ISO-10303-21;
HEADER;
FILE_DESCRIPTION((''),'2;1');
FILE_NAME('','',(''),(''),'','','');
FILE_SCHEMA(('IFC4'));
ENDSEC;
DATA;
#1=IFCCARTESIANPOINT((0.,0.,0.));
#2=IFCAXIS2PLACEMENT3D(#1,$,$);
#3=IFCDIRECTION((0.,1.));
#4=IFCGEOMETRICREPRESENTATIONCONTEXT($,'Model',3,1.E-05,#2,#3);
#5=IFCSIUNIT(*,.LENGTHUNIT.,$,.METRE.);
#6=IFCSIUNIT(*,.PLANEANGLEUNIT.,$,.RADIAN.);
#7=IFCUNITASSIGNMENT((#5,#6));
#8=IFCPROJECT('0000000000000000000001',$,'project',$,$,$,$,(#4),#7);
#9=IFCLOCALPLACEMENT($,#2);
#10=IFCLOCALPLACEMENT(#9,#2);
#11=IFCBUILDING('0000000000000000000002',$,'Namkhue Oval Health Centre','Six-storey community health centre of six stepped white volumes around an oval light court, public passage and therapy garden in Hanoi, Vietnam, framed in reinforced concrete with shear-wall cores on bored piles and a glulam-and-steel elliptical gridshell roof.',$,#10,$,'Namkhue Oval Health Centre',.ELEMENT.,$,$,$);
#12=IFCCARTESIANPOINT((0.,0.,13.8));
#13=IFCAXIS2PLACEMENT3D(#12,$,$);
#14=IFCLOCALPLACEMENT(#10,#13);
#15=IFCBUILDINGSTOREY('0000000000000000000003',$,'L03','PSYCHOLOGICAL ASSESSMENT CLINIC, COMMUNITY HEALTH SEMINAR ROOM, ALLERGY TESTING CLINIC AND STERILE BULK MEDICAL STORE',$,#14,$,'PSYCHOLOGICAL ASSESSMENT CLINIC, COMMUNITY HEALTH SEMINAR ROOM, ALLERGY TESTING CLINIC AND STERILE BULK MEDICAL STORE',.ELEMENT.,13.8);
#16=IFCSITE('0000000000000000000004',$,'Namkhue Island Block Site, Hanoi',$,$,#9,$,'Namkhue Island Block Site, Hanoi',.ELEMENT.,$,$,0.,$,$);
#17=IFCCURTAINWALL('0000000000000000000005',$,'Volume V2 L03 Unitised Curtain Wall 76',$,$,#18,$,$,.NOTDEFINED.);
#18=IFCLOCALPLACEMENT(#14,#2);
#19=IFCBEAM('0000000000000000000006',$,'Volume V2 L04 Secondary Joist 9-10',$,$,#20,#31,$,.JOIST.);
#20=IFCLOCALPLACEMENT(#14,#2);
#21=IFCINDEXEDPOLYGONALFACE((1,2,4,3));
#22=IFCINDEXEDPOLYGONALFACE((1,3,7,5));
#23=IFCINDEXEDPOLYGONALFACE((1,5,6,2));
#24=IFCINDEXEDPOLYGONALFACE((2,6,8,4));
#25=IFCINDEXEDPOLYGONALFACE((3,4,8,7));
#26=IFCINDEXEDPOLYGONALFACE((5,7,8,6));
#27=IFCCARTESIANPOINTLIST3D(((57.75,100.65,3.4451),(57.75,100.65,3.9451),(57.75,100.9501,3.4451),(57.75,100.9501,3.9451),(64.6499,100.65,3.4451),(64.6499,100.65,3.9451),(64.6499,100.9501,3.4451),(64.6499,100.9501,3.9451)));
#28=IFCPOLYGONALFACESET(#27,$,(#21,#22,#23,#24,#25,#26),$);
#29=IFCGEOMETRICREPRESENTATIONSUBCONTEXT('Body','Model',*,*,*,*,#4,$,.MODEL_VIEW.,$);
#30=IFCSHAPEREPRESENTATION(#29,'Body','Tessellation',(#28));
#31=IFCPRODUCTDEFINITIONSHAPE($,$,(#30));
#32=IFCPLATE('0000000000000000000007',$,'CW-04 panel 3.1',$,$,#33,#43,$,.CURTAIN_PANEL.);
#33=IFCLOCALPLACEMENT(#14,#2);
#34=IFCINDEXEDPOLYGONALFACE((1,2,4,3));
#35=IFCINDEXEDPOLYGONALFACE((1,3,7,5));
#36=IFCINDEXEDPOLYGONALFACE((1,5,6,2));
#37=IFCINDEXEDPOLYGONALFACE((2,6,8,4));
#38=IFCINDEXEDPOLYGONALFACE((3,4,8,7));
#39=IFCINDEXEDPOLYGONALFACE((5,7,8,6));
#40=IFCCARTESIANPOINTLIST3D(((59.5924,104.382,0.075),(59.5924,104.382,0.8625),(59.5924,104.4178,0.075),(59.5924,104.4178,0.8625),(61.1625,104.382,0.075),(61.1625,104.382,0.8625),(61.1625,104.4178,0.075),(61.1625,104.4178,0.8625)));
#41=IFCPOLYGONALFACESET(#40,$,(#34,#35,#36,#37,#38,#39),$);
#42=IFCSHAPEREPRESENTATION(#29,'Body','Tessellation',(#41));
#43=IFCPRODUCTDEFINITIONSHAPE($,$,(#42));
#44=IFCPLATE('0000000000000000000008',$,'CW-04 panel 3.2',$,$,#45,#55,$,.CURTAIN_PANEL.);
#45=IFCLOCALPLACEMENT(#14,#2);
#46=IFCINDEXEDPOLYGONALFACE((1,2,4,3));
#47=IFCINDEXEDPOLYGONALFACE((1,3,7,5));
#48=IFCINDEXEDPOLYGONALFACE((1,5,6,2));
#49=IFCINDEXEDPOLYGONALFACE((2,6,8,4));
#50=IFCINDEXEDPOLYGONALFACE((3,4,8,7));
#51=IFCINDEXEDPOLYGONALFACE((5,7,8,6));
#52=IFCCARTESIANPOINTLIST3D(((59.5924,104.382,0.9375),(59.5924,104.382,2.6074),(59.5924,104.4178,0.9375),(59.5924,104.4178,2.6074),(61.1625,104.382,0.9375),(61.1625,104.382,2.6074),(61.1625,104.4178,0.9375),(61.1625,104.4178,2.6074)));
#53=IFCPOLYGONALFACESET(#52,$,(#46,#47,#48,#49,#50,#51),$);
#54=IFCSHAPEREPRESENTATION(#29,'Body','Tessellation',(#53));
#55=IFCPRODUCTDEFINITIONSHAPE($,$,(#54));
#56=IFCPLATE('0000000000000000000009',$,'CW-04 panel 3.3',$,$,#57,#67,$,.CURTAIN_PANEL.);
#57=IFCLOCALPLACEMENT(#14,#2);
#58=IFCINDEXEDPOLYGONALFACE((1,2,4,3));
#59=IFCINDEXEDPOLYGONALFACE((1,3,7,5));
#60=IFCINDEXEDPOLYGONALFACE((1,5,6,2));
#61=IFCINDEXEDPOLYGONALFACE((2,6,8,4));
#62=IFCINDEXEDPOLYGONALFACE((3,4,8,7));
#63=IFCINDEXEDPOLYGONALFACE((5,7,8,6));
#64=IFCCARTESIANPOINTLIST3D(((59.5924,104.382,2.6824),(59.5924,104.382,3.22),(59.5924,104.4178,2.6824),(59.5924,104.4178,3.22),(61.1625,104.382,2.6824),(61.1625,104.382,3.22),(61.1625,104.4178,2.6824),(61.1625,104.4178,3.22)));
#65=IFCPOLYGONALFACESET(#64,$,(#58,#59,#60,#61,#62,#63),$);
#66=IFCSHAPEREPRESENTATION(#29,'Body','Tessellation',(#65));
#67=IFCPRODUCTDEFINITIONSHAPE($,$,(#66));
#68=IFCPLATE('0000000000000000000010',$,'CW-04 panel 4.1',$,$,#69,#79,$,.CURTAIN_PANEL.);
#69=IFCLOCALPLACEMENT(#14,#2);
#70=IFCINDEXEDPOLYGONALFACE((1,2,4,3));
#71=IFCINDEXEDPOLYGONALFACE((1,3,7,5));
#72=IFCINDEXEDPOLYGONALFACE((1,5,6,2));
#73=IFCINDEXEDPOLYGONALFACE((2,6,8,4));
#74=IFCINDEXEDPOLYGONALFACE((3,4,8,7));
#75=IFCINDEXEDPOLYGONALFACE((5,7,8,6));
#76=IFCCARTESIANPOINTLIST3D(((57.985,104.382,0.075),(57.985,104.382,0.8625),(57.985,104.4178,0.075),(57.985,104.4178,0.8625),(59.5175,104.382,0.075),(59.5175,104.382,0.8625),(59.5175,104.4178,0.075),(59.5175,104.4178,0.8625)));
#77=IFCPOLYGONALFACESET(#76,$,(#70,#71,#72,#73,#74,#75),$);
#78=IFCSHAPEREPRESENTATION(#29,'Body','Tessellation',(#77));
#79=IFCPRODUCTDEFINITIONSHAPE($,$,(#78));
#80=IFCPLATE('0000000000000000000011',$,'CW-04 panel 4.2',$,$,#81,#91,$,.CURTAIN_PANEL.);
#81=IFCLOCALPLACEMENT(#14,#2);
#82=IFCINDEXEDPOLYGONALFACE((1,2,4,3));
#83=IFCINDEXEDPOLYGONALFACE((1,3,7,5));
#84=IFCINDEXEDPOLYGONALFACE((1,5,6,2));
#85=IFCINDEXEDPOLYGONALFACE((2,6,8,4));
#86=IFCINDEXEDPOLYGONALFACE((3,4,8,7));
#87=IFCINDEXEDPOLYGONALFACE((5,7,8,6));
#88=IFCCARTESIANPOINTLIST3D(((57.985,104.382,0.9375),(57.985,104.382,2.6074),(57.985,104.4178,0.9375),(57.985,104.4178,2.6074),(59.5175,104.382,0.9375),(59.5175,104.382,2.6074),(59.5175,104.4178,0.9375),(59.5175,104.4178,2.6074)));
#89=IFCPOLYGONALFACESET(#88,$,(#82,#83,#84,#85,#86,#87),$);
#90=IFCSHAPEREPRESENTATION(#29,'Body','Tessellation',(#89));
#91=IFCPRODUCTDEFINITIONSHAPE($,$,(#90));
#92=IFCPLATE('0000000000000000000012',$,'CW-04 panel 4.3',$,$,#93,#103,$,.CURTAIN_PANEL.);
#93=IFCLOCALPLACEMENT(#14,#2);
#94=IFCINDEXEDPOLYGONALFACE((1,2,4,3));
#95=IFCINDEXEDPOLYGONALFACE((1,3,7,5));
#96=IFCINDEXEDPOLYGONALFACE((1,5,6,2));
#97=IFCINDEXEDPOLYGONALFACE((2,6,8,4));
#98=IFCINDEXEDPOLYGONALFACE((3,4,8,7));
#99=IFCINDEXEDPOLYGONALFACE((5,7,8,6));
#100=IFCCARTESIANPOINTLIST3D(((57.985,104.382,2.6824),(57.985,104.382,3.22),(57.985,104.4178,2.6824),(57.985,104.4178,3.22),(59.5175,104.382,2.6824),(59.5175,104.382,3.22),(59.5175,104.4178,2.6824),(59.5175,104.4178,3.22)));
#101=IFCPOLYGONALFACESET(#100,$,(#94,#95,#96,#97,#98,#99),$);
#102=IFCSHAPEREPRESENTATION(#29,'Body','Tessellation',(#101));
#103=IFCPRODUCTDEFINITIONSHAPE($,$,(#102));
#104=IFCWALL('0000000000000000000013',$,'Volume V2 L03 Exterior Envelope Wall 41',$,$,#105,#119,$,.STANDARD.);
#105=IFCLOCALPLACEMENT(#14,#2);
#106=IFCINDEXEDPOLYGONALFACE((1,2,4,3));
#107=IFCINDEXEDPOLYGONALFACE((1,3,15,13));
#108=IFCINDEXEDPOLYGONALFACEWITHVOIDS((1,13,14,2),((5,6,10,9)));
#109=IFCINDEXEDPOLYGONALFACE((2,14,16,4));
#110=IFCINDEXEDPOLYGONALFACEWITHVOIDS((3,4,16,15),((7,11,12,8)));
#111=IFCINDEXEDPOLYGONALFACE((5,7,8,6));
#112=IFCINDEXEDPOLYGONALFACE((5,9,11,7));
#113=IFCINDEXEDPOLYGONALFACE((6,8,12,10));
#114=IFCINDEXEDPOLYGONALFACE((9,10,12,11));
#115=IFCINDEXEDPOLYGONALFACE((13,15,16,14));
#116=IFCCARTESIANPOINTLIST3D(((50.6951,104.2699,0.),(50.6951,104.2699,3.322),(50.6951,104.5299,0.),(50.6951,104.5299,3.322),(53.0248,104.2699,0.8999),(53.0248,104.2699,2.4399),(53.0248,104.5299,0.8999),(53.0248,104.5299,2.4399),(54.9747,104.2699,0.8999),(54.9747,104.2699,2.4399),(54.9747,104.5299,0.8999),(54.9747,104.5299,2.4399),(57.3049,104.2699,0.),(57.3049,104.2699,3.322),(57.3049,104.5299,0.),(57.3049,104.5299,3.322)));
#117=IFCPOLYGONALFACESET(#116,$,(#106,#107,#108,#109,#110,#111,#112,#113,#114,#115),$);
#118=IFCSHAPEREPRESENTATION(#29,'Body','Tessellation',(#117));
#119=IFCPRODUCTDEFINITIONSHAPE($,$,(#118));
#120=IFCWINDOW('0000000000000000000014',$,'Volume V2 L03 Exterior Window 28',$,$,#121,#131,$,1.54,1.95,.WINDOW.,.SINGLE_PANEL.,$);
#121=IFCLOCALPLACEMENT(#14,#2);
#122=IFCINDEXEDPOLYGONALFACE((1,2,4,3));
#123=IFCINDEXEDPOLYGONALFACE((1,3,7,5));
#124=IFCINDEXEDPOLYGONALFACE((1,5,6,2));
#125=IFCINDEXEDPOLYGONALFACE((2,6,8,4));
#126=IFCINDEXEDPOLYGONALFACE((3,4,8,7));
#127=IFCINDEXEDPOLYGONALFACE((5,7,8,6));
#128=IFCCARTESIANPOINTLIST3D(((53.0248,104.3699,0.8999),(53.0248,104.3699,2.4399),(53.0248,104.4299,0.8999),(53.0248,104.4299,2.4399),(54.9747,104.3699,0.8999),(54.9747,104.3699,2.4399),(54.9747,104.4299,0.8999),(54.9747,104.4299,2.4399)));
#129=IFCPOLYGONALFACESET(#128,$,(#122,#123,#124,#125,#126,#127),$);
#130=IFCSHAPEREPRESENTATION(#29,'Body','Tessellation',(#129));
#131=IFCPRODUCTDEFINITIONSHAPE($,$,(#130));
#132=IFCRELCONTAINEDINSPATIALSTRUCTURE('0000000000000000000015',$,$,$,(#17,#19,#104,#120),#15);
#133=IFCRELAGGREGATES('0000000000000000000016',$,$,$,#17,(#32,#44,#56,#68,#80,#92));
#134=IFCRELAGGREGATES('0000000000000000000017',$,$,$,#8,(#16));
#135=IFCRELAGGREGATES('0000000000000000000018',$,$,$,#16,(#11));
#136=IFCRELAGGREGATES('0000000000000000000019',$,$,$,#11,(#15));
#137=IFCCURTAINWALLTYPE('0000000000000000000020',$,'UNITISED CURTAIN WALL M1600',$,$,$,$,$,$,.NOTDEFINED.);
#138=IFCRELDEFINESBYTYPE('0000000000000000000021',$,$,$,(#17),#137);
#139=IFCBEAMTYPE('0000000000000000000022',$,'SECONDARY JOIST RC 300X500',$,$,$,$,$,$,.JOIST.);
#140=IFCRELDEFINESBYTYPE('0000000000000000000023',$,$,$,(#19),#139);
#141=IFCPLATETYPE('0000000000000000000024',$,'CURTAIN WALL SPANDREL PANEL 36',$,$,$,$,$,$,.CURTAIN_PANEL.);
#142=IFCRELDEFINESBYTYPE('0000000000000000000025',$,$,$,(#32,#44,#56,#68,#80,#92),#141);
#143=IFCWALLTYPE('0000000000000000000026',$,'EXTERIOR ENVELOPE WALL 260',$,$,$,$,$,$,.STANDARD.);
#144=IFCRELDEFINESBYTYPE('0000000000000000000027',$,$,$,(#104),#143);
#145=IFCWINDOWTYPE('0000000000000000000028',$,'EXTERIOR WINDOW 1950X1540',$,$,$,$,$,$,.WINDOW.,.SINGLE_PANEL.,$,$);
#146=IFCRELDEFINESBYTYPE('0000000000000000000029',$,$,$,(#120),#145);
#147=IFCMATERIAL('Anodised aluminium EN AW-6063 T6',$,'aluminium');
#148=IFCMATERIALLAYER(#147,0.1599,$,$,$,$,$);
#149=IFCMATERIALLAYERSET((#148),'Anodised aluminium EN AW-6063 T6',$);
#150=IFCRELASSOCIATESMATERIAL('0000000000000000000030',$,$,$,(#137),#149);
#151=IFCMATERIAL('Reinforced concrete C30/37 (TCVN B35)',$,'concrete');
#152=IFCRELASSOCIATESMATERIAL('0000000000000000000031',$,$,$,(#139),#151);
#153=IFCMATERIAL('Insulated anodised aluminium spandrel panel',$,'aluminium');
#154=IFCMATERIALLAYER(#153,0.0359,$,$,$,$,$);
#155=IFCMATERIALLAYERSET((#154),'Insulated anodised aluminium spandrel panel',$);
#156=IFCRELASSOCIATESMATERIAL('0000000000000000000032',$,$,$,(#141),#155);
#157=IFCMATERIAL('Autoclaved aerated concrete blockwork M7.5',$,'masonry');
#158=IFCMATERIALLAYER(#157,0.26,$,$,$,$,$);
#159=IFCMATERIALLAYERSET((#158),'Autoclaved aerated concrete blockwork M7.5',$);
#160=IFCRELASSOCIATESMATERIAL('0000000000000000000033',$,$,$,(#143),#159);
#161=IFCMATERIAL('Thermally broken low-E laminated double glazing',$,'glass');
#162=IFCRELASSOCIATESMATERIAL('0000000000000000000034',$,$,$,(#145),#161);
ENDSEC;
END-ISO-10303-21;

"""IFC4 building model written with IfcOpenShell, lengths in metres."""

from ifc_helpers import new_model, si_unit, direction, frame, frame_2d, origin, origin_2d, place, context, subcontext, project, spatial, rectangle, extrude, material, layer, layer_set, material_profile, profile_set, type_object, element, fill, aggregate, save


model = new_model("IFC4")

# Units and contexts
model_context = context("Model", 3, precision=1e-05, world=origin(), true_north=direction((0.0, 1.0)))
body_context = subcontext(model_context, "Body", "Model", "MODEL_VIEW")
ifc_project = project(units=[si_unit("LENGTHUNIT", "METRE"), si_unit("PLANEANGLEUNIT", "RADIAN")], contexts=[model_context])

# Site, building, storey
site_placement = place(None, origin())
site = spatial("IfcSite", under=ifc_project, at=site_placement, Name="Namkhue Island Block Site, Hanoi", LongName="Namkhue Island Block Site, Hanoi", CompositionType="ELEMENT", RefElevation=0.0)
building_placement = place(site_placement, origin())
building = spatial("IfcBuilding", under=site, at=building_placement, Name="Namkhue Oval Health Centre", Description="Six-storey community health centre of six stepped white volumes around an oval light court, public passage and therapy garden in Hanoi, Vietnam, framed in reinforced concrete with shear-wall cores on bored piles and a glulam-and-steel elliptical gridshell roof.", LongName="Namkhue Oval Health Centre", CompositionType="ELEMENT")
storey_placement = place(building_placement, frame((0.0, 0.0, 13.8)))
storey = spatial("IfcBuildingStorey", under=building, at=storey_placement, Name="L03", Description="PSYCHOLOGICAL ASSESSMENT CLINIC, COMMUNITY HEALTH SEMINAR ROOM, ALLERGY TESTING CLINIC AND STERILE BULK MEDICAL STORE", LongName="PSYCHOLOGICAL ASSESSMENT CLINIC, COMMUNITY HEALTH SEMINAR ROOM, ALLERGY TESTING CLINIC AND STERILE BULK MEDICAL STORE", CompositionType="ELEMENT", Elevation=13.8)

# Curtain wall
ifc_material_1 = material(Name="Anodised aluminium EN AW-6063 T6", Category="aluminium")
ifc_layer_1 = layer(ifc_material_1, 0.1599)
ifc_layer_set_1 = layer_set([ifc_layer_1], Name="Anodised aluminium EN AW-6063 T6")
curtain_wall_type = type_object("IfcCurtainWallType", Name="UNITISED CURTAIN WALL M1600", PredefinedType="NOTDEFINED", material=ifc_layer_set_1)
curtain_wall_placement = place(storey_placement, origin())
curtain_wall = element("IfcCurtainWall", 1, at=curtain_wall_placement, inside=storey, type_object=curtain_wall_type, Name="Volume V2 L03 Unitised Curtain Wall 76", PredefinedType="NOTDEFINED")

# Beam
ifc_material_2 = material(Name="Reinforced concrete C30/37 (TCVN B35)", Category="concrete")
ifc_material_profile_1 = material_profile(ifc_material_2, rectangle(XDim=0.3, YDim=0.5, at=origin_2d()), Name="RC 300x500")
ifc_profile_set_1 = profile_set([ifc_material_profile_1], Name="Reinforced concrete C30/37 (TCVN B35)")
beam_type_1 = type_object("IfcBeamType", Name="SECONDARY JOIST RC 300X500", PredefinedType="JOIST", material=ifc_profile_set_1)
beam_1_placement = place(storey_placement, frame((57.75, 100.8, 3.6951), z_axis=(1.0, 0.0, 0.0), x_axis=(0.0, 1.0, 0.0)))
element("IfcBeam", 2, at=beam_1_placement, inside=storey, type_object=beam_type_1, Name="Volume V2 L04 Secondary Joist 9-10", PredefinedType="JOIST", context=body_context, shape_type="SweptSolid", body=[
    extrude(rectangle(XDim=0.3, YDim=0.5, at=origin_2d()), origin(), (0.0, 0.0, 1.0), 6.8999),
])

# Plates
ifc_material_3 = material(Name="Insulated anodised aluminium spandrel panel", Category="aluminium")
ifc_layer_2 = layer(ifc_material_3, 0.0359)
ifc_layer_set_2 = layer_set([ifc_layer_2], Name="Insulated anodised aluminium spandrel panel")
plate_type = type_object("IfcPlateType", Name="CURTAIN WALL SPANDREL PANEL 36", PredefinedType="CURTAIN_PANEL", material=ifc_layer_set_2)
plate_1_placement = place(storey_placement, frame((60.3774, 104.3999, 0.075), z_axis=(0.0, 0.0, 1.0), x_axis=(-1.0, 0.0, 0.0)))
plate_1 = element("IfcPlate", 3, at=plate_1_placement, type_object=plate_type, Name="CW-04 panel 3.1", PredefinedType="CURTAIN_PANEL", context=body_context, shape_type="SweptSolid", body=[
    extrude(rectangle(XDim=1.5701, YDim=0.0359, at=origin_2d()), origin(), (0.0, 0.0, 1.0), 0.7876),
])
plate_2_placement = place(storey_placement, frame((60.3774, 104.3999, 0.9375), z_axis=(0.0, 0.0, 1.0), x_axis=(-1.0, 0.0, 0.0)))
plate_2 = element("IfcPlate", 4, at=plate_2_placement, type_object=plate_type, Name="CW-04 panel 3.2", PredefinedType="CURTAIN_PANEL", context=body_context, shape_type="SweptSolid", body=[
    extrude(rectangle(XDim=1.5701, YDim=0.0359, at=origin_2d()), origin(), (0.0, 0.0, 1.0), 1.6699),
])
plate_3_placement = place(storey_placement, frame((60.3774, 104.3999, 2.6824), z_axis=(0.0, 0.0, 1.0), x_axis=(-1.0, 0.0, 0.0)))
plate_3 = element("IfcPlate", 5, at=plate_3_placement, type_object=plate_type, Name="CW-04 panel 3.3", PredefinedType="CURTAIN_PANEL", context=body_context, shape_type="SweptSolid", body=[
    extrude(rectangle(XDim=1.5701, YDim=0.0359, at=origin_2d()), origin(), (0.0, 0.0, 1.0), 0.5376),
])
plate_4_placement = place(storey_placement, frame((58.7512, 104.3999, 0.075), z_axis=(0.0, 0.0, 1.0), x_axis=(-1.0, 0.0, 0.0)))
plate_4 = element("IfcPlate", 6, at=plate_4_placement, type_object=plate_type, Name="CW-04 panel 4.1", PredefinedType="CURTAIN_PANEL", context=body_context, shape_type="SweptSolid", body=[
    extrude(rectangle(XDim=1.5325, YDim=0.0359, at=origin_2d()), origin(), (0.0, 0.0, 1.0), 0.7876),
])
plate_5_placement = place(storey_placement, frame((58.7512, 104.3999, 0.9375), z_axis=(0.0, 0.0, 1.0), x_axis=(-1.0, 0.0, 0.0)))
plate_5 = element("IfcPlate", 7, at=plate_5_placement, type_object=plate_type, Name="CW-04 panel 4.2", PredefinedType="CURTAIN_PANEL", context=body_context, shape_type="SweptSolid", body=[
    extrude(rectangle(XDim=1.5325, YDim=0.0359, at=origin_2d()), origin(), (0.0, 0.0, 1.0), 1.6699),
])
plate_6_placement = place(storey_placement, frame((58.7512, 104.3999, 2.6824), z_axis=(0.0, 0.0, 1.0), x_axis=(-1.0, 0.0, 0.0)))
plate_6 = element("IfcPlate", 8, at=plate_6_placement, type_object=plate_type, Name="CW-04 panel 4.3", PredefinedType="CURTAIN_PANEL", context=body_context, shape_type="SweptSolid", body=[
    extrude(rectangle(XDim=1.5325, YDim=0.0359, at=origin_2d()), origin(), (0.0, 0.0, 1.0), 0.5376),
])
aggregate(curtain_wall, [plate_1, plate_2, plate_3, plate_4, plate_5, plate_6])

# Wall, opening, window
ifc_material_4 = material(Name="Autoclaved aerated concrete blockwork M7.5", Category="masonry")
ifc_layer_3 = layer(ifc_material_4, 0.26)
ifc_layer_set_3 = layer_set([ifc_layer_3], Name="Autoclaved aerated concrete blockwork M7.5")
wall_type = type_object("IfcWallType", Name="EXTERIOR ENVELOPE WALL 260", PredefinedType="STANDARD", material=ifc_layer_set_3)
wall_placement = place(storey_placement, frame((57.3049, 104.3999, 0.0), z_axis=(0.0, 0.0, 1.0), x_axis=(-1.0, 0.0, 0.0)))
wall = element("IfcWall", 9, at=wall_placement, inside=storey, type_object=wall_type, Name="Volume V2 L03 Exterior Envelope Wall 41", PredefinedType="STANDARD", context=body_context, shape_type="SweptSolid", body=[
    extrude(rectangle(XDim=6.6099, YDim=0.26, at=frame_2d((3.3049, 0.0))), origin(), (0.0, 0.0, 1.0), 3.322),
])
opening_placement = place(wall_placement, frame((2.3301, 0.0, 0.8999)))
opening = element("IfcOpeningElement", 10, at=opening_placement, cuts=wall, PredefinedType="OPENING", context=body_context, shape_type="SweptSolid", body=[
    extrude(rectangle(XDim=1.95, YDim=1.54, at=frame_2d((0.9751, 0.77))), frame((0.0, 0.1399, 0.0), z_axis=(0.0, -1.0, 0.0), x_axis=(1.0, 0.0, 0.0)), (0.0, 0.0, 1.0), 0.28),
])
ifc_material_5 = material(Name="Thermally broken low-E laminated double glazing", Category="glass")
window_type = type_object("IfcWindowType", Name="EXTERIOR WINDOW 1950X1540", PartitioningType="SINGLE_PANEL", PredefinedType="WINDOW", material=ifc_material_5)
window_placement = place(opening_placement, origin())
window = element("IfcWindow", 11, at=window_placement, inside=storey, type_object=window_type, Name="Volume V2 L03 Exterior Window 28", OverallHeight=1.54, OverallWidth=1.95, PartitioningType="SINGLE_PANEL", PredefinedType="WINDOW", context=body_context, shape_type="SweptSolid", body=[
    extrude(rectangle(XDim=1.95, YDim=1.54, at=frame_2d((0.9751, 0.77))), frame((0.0, 0.03, 0.0), z_axis=(0.0, -1.0, 0.0), x_axis=(1.0, 0.0, 0.0)), (0.0, 0.0, 1.0), 0.0601),
])
fill(opening, window)

save(model, "model.ifc")
